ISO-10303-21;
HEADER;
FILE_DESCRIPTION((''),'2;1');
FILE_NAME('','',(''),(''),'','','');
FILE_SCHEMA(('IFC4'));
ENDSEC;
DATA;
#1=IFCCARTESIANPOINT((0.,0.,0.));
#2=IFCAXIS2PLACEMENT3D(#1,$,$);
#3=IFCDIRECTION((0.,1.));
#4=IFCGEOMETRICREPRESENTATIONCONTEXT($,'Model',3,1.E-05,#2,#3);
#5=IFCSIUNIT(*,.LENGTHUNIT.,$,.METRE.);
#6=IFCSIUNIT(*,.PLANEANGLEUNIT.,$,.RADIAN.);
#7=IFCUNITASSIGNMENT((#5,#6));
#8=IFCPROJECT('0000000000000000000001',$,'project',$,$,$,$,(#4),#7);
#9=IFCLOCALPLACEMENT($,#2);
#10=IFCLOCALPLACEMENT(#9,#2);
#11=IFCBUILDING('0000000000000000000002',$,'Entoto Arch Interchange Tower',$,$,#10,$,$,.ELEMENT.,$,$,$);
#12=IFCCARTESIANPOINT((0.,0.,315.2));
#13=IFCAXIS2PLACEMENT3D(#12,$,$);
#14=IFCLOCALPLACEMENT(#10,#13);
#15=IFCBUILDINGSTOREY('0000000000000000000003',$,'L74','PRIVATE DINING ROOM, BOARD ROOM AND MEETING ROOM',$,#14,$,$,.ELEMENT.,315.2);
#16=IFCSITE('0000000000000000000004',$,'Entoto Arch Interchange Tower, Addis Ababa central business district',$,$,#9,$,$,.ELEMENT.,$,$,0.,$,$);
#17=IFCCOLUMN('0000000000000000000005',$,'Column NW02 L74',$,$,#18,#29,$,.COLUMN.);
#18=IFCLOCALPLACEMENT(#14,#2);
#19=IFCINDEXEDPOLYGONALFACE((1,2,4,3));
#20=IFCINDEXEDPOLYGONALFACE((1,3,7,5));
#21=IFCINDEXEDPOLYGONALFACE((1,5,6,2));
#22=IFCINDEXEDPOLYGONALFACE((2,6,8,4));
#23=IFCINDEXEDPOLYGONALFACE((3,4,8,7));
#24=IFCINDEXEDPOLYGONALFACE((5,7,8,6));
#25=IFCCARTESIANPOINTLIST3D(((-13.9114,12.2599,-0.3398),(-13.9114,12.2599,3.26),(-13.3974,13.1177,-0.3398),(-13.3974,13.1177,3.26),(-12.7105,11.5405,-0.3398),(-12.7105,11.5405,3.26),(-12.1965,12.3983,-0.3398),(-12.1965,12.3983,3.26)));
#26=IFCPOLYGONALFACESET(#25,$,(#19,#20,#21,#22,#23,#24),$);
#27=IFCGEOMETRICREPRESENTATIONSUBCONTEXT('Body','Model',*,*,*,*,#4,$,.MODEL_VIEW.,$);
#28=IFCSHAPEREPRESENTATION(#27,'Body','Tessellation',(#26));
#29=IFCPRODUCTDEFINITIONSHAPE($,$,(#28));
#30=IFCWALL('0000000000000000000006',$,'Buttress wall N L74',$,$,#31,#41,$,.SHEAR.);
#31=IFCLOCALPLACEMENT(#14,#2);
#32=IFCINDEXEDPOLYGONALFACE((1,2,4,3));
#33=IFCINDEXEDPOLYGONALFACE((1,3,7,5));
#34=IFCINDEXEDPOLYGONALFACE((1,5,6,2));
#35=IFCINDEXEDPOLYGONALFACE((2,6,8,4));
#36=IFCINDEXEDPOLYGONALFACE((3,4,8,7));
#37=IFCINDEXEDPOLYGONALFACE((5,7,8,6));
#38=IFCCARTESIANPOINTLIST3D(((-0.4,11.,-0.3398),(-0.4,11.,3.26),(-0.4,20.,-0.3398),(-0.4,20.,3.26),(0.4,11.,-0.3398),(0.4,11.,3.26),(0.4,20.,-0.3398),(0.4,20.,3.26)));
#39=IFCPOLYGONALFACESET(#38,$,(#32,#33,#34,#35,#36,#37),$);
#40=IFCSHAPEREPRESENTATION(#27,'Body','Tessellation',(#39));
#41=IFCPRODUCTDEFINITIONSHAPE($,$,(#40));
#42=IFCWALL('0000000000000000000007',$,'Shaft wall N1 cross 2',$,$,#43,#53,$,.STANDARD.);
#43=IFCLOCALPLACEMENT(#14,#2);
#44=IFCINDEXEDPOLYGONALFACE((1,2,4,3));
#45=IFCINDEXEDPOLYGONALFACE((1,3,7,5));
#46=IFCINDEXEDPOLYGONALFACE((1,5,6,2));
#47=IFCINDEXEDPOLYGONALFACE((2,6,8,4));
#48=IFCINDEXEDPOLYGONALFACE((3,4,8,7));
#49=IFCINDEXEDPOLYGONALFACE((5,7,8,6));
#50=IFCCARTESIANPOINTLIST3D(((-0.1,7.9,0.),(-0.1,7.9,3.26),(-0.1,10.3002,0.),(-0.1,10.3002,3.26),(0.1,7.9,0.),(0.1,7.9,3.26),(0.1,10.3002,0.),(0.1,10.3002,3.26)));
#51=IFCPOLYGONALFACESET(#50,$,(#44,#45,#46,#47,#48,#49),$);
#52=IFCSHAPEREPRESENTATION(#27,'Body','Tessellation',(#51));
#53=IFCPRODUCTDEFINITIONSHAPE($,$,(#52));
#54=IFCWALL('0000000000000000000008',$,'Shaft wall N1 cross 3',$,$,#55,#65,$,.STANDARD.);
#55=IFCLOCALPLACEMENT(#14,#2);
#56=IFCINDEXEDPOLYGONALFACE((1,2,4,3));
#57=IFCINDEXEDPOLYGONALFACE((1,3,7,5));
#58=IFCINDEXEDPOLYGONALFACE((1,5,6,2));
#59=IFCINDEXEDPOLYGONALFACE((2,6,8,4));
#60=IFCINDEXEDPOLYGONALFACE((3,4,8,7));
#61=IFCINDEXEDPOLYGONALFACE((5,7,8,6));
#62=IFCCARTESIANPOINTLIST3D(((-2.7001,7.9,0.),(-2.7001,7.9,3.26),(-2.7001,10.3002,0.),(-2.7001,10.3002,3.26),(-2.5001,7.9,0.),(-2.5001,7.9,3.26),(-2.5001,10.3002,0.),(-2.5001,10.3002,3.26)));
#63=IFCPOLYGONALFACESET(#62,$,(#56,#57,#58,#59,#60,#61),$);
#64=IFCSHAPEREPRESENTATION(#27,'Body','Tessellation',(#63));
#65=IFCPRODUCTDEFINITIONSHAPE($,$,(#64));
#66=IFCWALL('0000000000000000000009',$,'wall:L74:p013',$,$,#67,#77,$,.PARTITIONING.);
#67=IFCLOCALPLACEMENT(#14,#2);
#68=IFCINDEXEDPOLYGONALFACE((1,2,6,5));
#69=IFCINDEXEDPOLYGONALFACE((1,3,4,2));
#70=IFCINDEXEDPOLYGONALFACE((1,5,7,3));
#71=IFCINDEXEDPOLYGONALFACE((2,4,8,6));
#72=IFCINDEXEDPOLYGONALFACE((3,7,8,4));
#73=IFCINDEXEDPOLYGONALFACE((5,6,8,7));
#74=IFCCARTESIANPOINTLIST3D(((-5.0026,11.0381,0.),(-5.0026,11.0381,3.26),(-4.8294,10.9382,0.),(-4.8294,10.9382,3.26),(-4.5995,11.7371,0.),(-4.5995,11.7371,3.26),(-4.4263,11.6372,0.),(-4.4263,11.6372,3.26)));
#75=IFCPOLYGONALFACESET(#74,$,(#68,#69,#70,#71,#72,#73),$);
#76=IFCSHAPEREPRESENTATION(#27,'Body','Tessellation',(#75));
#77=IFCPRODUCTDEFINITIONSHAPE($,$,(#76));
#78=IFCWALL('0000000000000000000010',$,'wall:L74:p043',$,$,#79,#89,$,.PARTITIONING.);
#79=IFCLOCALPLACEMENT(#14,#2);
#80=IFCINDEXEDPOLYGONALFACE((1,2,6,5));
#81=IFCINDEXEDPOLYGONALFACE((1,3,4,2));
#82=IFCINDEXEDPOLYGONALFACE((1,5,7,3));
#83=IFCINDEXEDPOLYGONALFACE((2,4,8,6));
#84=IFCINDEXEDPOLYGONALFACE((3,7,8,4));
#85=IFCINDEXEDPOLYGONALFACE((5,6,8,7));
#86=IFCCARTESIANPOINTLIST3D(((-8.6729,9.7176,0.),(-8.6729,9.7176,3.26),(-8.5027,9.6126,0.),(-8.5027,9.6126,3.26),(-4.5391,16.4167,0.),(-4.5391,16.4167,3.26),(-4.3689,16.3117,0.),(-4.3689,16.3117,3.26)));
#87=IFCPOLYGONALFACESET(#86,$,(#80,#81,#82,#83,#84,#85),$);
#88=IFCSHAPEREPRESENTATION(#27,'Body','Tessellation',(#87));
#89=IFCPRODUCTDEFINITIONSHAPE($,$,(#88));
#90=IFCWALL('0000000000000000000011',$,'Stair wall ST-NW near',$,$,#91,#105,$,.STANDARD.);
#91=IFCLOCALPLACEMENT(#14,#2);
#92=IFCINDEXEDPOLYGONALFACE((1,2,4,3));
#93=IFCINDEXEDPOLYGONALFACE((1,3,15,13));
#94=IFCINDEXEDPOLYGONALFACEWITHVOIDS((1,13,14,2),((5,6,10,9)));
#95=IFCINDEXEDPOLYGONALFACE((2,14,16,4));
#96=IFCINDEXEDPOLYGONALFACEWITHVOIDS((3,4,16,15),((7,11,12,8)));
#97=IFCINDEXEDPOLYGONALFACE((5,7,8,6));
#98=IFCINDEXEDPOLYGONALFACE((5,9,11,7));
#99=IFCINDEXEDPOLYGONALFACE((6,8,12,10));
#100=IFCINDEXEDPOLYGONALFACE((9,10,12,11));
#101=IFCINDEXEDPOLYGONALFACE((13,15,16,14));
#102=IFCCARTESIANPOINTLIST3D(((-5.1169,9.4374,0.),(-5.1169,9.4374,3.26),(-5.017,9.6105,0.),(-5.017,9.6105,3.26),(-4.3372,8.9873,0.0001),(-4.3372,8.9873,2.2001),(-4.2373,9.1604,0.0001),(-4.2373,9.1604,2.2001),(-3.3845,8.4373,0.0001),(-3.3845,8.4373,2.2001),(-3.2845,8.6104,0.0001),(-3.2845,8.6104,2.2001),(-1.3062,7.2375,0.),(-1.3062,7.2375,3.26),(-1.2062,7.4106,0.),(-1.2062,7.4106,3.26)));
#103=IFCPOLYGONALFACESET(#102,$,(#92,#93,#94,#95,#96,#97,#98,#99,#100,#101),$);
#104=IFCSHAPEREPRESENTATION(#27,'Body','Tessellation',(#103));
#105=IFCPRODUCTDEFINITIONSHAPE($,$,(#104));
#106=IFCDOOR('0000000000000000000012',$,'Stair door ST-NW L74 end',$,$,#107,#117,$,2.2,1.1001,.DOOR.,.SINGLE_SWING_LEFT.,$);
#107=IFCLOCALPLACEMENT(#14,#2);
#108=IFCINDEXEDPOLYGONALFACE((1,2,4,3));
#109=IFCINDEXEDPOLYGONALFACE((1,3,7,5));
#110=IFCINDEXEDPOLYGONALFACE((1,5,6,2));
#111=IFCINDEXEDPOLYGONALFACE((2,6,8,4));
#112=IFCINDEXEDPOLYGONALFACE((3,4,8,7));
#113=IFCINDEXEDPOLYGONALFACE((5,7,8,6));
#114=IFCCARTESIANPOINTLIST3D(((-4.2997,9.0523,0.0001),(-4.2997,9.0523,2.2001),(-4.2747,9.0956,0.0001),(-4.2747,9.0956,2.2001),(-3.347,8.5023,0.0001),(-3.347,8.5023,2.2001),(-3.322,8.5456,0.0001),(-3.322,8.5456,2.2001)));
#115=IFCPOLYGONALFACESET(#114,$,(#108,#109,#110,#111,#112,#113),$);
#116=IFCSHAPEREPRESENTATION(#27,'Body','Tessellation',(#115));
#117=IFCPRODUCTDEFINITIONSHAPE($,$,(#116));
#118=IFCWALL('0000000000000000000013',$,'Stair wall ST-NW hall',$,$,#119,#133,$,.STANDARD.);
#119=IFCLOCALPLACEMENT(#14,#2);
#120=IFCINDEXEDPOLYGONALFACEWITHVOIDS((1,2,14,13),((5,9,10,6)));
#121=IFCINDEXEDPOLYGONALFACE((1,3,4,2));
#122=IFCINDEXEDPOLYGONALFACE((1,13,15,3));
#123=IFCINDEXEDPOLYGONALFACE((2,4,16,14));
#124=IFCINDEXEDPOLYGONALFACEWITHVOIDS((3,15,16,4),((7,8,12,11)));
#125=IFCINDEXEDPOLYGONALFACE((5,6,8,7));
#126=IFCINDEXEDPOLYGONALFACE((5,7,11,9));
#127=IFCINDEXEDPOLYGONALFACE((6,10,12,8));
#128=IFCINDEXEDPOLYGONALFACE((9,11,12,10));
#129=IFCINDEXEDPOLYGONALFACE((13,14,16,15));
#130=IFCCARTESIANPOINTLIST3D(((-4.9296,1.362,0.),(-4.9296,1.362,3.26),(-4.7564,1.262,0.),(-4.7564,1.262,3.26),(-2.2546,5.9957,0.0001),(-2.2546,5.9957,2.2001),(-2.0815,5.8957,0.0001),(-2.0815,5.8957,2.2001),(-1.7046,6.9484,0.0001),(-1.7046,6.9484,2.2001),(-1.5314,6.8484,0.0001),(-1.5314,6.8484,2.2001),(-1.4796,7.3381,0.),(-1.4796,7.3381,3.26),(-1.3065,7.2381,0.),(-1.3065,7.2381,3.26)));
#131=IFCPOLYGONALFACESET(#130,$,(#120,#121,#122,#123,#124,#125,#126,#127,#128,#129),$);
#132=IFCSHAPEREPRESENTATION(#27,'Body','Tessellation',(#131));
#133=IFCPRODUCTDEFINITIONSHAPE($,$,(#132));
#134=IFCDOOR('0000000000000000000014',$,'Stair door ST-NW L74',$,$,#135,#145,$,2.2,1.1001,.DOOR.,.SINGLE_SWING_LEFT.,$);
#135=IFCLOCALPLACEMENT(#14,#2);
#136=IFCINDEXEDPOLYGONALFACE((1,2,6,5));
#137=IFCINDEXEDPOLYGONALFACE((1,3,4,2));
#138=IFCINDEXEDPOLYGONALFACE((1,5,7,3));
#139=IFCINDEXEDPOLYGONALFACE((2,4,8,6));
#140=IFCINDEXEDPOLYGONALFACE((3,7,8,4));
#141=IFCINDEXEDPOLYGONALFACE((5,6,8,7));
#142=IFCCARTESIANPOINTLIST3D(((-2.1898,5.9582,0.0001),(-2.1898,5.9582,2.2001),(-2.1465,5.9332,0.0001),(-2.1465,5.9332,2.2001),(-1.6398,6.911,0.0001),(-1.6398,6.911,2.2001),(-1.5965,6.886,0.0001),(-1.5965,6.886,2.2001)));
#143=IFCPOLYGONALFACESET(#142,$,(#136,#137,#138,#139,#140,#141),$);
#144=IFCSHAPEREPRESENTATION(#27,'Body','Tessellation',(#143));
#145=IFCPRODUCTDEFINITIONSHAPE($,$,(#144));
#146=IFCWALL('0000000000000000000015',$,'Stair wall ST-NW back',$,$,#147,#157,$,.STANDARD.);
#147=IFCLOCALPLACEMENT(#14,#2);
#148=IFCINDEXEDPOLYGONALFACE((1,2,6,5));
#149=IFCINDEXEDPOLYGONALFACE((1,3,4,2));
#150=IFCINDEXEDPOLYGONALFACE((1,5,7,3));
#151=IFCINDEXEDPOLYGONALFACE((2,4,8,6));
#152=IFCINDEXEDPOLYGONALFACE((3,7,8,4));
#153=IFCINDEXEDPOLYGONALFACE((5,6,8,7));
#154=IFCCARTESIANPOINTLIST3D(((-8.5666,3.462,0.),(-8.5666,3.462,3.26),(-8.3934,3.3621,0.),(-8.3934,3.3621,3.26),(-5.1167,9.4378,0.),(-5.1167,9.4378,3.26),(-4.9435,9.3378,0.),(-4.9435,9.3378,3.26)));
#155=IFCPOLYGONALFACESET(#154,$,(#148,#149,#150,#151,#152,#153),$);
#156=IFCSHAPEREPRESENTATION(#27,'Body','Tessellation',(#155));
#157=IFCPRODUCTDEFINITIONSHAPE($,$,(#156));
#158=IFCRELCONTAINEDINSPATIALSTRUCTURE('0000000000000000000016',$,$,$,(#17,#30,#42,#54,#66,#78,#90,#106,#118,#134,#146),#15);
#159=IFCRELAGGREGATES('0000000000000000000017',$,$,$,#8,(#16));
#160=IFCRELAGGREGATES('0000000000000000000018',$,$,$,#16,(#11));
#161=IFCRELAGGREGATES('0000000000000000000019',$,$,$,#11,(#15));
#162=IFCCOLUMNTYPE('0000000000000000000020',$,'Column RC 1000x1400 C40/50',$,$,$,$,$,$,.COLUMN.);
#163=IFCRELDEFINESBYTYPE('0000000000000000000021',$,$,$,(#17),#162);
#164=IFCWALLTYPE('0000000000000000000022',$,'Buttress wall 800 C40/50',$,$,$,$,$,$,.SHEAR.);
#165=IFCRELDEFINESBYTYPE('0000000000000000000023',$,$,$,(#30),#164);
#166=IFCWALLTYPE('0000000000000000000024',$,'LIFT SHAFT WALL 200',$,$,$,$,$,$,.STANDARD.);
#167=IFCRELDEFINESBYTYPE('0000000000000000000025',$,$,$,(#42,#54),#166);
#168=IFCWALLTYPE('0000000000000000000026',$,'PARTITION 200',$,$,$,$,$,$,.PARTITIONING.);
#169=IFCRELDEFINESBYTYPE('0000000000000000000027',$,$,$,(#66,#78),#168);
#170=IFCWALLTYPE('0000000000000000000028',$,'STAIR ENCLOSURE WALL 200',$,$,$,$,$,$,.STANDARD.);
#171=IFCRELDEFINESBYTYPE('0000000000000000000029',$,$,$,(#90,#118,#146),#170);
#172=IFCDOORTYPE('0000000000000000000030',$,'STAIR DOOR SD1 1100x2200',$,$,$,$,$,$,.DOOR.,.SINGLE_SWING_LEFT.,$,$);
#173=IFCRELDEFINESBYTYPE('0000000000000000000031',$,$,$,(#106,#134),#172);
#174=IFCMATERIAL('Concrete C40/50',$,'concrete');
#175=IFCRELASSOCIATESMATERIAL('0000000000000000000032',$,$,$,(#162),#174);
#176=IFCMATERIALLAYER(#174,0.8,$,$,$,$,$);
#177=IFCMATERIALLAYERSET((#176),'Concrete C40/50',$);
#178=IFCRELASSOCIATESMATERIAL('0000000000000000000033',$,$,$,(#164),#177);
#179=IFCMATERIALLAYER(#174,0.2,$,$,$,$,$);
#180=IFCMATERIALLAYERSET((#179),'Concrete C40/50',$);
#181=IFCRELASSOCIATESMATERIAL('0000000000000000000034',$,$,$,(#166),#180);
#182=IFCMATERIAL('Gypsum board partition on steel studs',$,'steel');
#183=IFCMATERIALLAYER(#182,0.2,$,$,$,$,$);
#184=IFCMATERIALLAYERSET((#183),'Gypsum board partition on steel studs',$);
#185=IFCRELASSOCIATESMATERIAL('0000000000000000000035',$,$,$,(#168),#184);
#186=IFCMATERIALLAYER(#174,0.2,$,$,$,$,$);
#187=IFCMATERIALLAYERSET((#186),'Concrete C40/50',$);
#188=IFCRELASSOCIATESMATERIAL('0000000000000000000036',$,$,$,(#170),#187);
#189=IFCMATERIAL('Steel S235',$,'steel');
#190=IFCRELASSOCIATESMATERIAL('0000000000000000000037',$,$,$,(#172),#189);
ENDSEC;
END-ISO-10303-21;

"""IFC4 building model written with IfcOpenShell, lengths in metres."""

from ifc_helpers import new_model, si_unit, direction, frame, frame_2d, origin, origin_2d, place, context, subcontext, project, spatial, rectangle, extrude, material, layer, layer_set, material_profile, profile_set, type_object, element, fill, save


model = new_model("IFC4")

# Units and contexts
model_context = context("Model", 3, precision=1e-05, world=origin(), true_north=direction((0.0, 1.0)))
body_context = subcontext(model_context, "Body", "Model", "MODEL_VIEW")
ifc_project = project(units=[si_unit("LENGTHUNIT", "METRE"), si_unit("PLANEANGLEUNIT", "RADIAN")], contexts=[model_context])

# Site, building, storey
site_placement = place(None, origin())
site = spatial("IfcSite", under=ifc_project, at=site_placement, Name="Entoto Arch Interchange Tower, Addis Ababa central business district", CompositionType="ELEMENT", RefElevation=0.0)
building_placement = place(site_placement, origin())
building = spatial("IfcBuilding", under=site, at=building_placement, Name="Entoto Arch Interchange Tower", CompositionType="ELEMENT")
storey_placement = place(building_placement, frame((0.0, 0.0, 315.2)))
storey = spatial("IfcBuildingStorey", under=building, at=storey_placement, Name="L74", Description="PRIVATE DINING ROOM, BOARD ROOM AND MEETING ROOM", CompositionType="ELEMENT", Elevation=315.2)

# Column
ifc_material_1 = material(Name="Concrete C40/50", Category="concrete")
ifc_material_profile = material_profile(ifc_material_1, rectangle(XDim=1.0, YDim=1.3999, at=origin_2d()))
ifc_profile_set = profile_set([ifc_material_profile], Name="Concrete C40/50")
column_type = type_object("IfcColumnType", Name="Column RC 1000x1400 C40/50", PredefinedType="COLUMN", material=ifc_profile_set)
column_placement = place(storey_placement, frame((-13.054, 12.3291, -0.3398), z_axis=(0.0, 0.0, 1.0), x_axis=(0.513946, 0.857823, 0.0)))
element("IfcColumn", 1, at=column_placement, inside=storey, type_object=column_type, Name="Column NW02 L74", PredefinedType="COLUMN", context=body_context, shape_type="SweptSolid", body=[
    extrude(rectangle(XDim=1.0, YDim=1.3999, at=origin_2d()), origin(), (0.0, 0.0, 1.0), 3.5999),
])

# Walls
ifc_layer_1 = layer(ifc_material_1, 0.8)
ifc_layer_set_1 = layer_set([ifc_layer_1], Name="Concrete C40/50")
wall_type_1 = type_object("IfcWallType", Name="Buttress wall 800 C40/50", PredefinedType="SHEAR", material=ifc_layer_set_1)
wall_1_placement = place(storey_placement, frame((0.0, 11.0, -0.3398), z_axis=(0.0, 0.0, 1.0), x_axis=(0.0, 1.0, 0.0)))
element("IfcWall", 2, at=wall_1_placement, inside=storey, type_object=wall_type_1, Name="Buttress wall N L74", PredefinedType="SHEAR", context=body_context, shape_type="SweptSolid", body=[
    extrude(rectangle(XDim=9.0, YDim=0.8, at=frame_2d((4.5, 0.0))), origin(), (0.0, 0.0, 1.0), 3.5999),
])
ifc_layer_2 = layer(ifc_material_1, 0.2)
ifc_layer_set_2 = layer_set([ifc_layer_2], Name="Concrete C40/50")
wall_type_2 = type_object("IfcWallType", Name="LIFT SHAFT WALL 200", PredefinedType="STANDARD", material=ifc_layer_set_2)
for number, where, z_axis, x_axis, name in (
    (3, (0.0, 7.8999, 0.0), (0.0, 0.0, 1.0), (0.0, 1.0, 0.0), "Shaft wall N1 cross 2"),
    (4, (-2.6001, 7.8999, 0.0), (0.0, 0.0, 1.0), (0.0, 1.0, 0.0), "Shaft wall N1 cross 3"),
):
    element("IfcWall", number, at=place(storey_placement, frame(where, z_axis=z_axis, x_axis=x_axis)), inside=storey, type_object=wall_type_2, Name=name, PredefinedType="STANDARD", context=body_context, shape_type="SweptSolid", body=[
        extrude(rectangle(XDim=2.4001, YDim=0.2, at=frame_2d((1.2002, 0.0))), origin(), (0.0, 0.0, 1.0), 3.26),
    ])
ifc_material_2 = material(Name="Gypsum board partition on steel studs", Category="steel")
ifc_layer_3 = layer(ifc_material_2, 0.2)
ifc_layer_set_3 = layer_set([ifc_layer_3], Name="Gypsum board partition on steel studs")
wall_type_3 = type_object("IfcWallType", Name="PARTITION 200", PredefinedType="PARTITIONING", material=ifc_layer_set_3)
wall_2_placement = place(storey_placement, frame((-4.5129, 11.687, 0.0), z_axis=(0.0, 0.0, 1.0), x_axis=(-0.499557, -0.866281, 0.0)))
element("IfcWall", 5, at=wall_2_placement, inside=storey, type_object=wall_type_3, Name="wall:L74:p013", PredefinedType="PARTITIONING", context=body_context, shape_type="SweptSolid", body=[
    extrude(rectangle(XDim=0.8069, YDim=0.2, at=frame_2d((0.4033, 0.0))), origin(), (0.0, 0.0, 1.0), 3.26),
])
wall_3_placement = place(storey_placement, frame((-8.5879, 9.665, 0.0), z_axis=(0.0, 0.0, 1.0), x_axis=(0.525142, 0.851014, 0.0)))
element("IfcWall", 6, at=wall_3_placement, inside=storey, type_object=wall_type_3, Name="wall:L74:p043", PredefinedType="PARTITIONING", context=body_context, shape_type="SweptSolid", body=[
    extrude(rectangle(XDim=7.8718, YDim=0.2, at=frame_2d((3.936, 0.0))), origin(), (0.0, 0.0, 1.0), 3.26),
])

# Walls, openings, doors
ifc_layer_4 = layer(ifc_material_1, 0.2)
ifc_layer_set_4 = layer_set([ifc_layer_4], Name="Concrete C40/50")
wall_type_4 = type_object("IfcWallType", Name="STAIR ENCLOSURE WALL 200", PredefinedType="STANDARD", material=ifc_layer_set_4)
wall_4_placement = place(storey_placement, frame((-1.2561, 7.324, 0.0), z_axis=(0.0, 0.0, 1.0), x_axis=(-0.866046, 0.499964, 0.0)))
wall_4 = element("IfcWall", 7, at=wall_4_placement, inside=storey, type_object=wall_type_4, Name="Stair wall ST-NW near", PredefinedType="STANDARD", context=body_context, shape_type="SweptSolid", body=[
    extrude(rectangle(XDim=4.4001, YDim=0.2, at=frame_2d((2.2002, 0.0))), origin(), (0.0, 0.0, 1.0), 3.26),
])
opening_1_placement = place(wall_4_placement, frame((2.3999, 0.0, 0.0)))
opening_1 = element("IfcOpeningElement", 8, at=opening_1_placement, cuts=wall_4, PredefinedType="OPENING", context=body_context, shape_type="SweptSolid", body=[
    extrude(rectangle(XDim=1.1001, YDim=2.2, at=frame_2d((0.55, 1.1001))), frame((0.0, 0.1099, 0.0), z_axis=(0.0, -1.0, 0.0), x_axis=(1.0, 0.0, 0.0)), (0.0, 0.0, 1.0), 0.22),
])
ifc_material_3 = material(Name="Steel S235", Category="steel")
door_type = type_object("IfcDoorType", Name="STAIR DOOR SD1 1100x2200", OperationType="SINGLE_SWING_LEFT", PredefinedType="DOOR", material=ifc_material_3)
door_1_placement = place(opening_1_placement, origin())
door_1 = element("IfcDoor", 9, at=door_1_placement, inside=storey, type_object=door_type, Name="Stair door ST-NW L74 end", OperationType="SINGLE_SWING_LEFT", OverallHeight=2.2, OverallWidth=1.1001, PredefinedType="DOOR", context=body_context, shape_type="SweptSolid", body=[
    extrude(rectangle(XDim=1.1001, YDim=2.2, at=frame_2d((0.55, 1.1001))), frame((0.0, 0.0249, 0.0), z_axis=(0.0, -1.0, 0.0), x_axis=(1.0, 0.0, 0.0)), (0.0, 0.0, 1.0), 0.05),
])
fill(opening_1, door_1)
wall_5_placement = place(storey_placement, frame((-1.3931, 7.2881, 0.0), z_axis=(0.0, 0.0, 1.0), x_axis=(-0.499963, -0.866047, 0.0)))
wall_5 = element("IfcWall", 10, at=wall_5_placement, inside=storey, type_object=wall_type_4, Name="Stair wall ST-NW hall", PredefinedType="STANDARD", context=body_context, shape_type="SweptSolid", body=[
    extrude(rectangle(XDim=6.9004, YDim=0.2, at=frame_2d((3.4502, 0.0))), origin(), (0.0, 0.0, 1.0), 3.26),
])
opening_2_placement = place(wall_5_placement, frame((0.45, 0.0, 0.0)))
opening_2 = element("IfcOpeningElement", 11, at=opening_2_placement, cuts=wall_5, PredefinedType="OPENING", context=body_context, shape_type="SweptSolid", body=[
    extrude(rectangle(XDim=1.1001, YDim=2.2, at=frame_2d((0.55, 1.1001))), frame((0.0, 0.1099, 0.0), z_axis=(0.0, -1.0, 0.0), x_axis=(1.0, 0.0, 0.0)), (0.0, 0.0, 1.0), 0.22),
])
door_2_placement = place(opening_2_placement, origin())
door_2 = element("IfcDoor", 12, at=door_2_placement, inside=storey, type_object=door_type, Name="Stair door ST-NW L74", OperationType="SINGLE_SWING_LEFT", OverallHeight=2.2, OverallWidth=1.1001, PredefinedType="DOOR", context=body_context, shape_type="SweptSolid", body=[
    extrude(rectangle(XDim=1.1001, YDim=2.2, at=frame_2d((0.55, 1.1001))), frame((0.0, 0.0249, 0.0), z_axis=(0.0, -1.0, 0.0), x_axis=(1.0, 0.0, 0.0)), (0.0, 0.0, 1.0), 0.05),
])
fill(opening_2, door_2)

# Wall
wall_6_placement = place(storey_placement, frame((-5.03, 9.3879, 0.0), z_axis=(0.0, 0.0, 1.0), x_axis=(-0.499979, -0.866038, 0.0)))
element("IfcWall", 13, at=wall_6_placement, inside=storey, type_object=wall_type_4, Name="Stair wall ST-NW back", PredefinedType="STANDARD", context=body_context, shape_type="SweptSolid", body=[
    extrude(rectangle(XDim=6.9001, YDim=0.2, at=frame_2d((3.4502, 0.0))), origin(), (0.0, 0.0, 1.0), 3.26),
])

save(model, "model.ifc")
